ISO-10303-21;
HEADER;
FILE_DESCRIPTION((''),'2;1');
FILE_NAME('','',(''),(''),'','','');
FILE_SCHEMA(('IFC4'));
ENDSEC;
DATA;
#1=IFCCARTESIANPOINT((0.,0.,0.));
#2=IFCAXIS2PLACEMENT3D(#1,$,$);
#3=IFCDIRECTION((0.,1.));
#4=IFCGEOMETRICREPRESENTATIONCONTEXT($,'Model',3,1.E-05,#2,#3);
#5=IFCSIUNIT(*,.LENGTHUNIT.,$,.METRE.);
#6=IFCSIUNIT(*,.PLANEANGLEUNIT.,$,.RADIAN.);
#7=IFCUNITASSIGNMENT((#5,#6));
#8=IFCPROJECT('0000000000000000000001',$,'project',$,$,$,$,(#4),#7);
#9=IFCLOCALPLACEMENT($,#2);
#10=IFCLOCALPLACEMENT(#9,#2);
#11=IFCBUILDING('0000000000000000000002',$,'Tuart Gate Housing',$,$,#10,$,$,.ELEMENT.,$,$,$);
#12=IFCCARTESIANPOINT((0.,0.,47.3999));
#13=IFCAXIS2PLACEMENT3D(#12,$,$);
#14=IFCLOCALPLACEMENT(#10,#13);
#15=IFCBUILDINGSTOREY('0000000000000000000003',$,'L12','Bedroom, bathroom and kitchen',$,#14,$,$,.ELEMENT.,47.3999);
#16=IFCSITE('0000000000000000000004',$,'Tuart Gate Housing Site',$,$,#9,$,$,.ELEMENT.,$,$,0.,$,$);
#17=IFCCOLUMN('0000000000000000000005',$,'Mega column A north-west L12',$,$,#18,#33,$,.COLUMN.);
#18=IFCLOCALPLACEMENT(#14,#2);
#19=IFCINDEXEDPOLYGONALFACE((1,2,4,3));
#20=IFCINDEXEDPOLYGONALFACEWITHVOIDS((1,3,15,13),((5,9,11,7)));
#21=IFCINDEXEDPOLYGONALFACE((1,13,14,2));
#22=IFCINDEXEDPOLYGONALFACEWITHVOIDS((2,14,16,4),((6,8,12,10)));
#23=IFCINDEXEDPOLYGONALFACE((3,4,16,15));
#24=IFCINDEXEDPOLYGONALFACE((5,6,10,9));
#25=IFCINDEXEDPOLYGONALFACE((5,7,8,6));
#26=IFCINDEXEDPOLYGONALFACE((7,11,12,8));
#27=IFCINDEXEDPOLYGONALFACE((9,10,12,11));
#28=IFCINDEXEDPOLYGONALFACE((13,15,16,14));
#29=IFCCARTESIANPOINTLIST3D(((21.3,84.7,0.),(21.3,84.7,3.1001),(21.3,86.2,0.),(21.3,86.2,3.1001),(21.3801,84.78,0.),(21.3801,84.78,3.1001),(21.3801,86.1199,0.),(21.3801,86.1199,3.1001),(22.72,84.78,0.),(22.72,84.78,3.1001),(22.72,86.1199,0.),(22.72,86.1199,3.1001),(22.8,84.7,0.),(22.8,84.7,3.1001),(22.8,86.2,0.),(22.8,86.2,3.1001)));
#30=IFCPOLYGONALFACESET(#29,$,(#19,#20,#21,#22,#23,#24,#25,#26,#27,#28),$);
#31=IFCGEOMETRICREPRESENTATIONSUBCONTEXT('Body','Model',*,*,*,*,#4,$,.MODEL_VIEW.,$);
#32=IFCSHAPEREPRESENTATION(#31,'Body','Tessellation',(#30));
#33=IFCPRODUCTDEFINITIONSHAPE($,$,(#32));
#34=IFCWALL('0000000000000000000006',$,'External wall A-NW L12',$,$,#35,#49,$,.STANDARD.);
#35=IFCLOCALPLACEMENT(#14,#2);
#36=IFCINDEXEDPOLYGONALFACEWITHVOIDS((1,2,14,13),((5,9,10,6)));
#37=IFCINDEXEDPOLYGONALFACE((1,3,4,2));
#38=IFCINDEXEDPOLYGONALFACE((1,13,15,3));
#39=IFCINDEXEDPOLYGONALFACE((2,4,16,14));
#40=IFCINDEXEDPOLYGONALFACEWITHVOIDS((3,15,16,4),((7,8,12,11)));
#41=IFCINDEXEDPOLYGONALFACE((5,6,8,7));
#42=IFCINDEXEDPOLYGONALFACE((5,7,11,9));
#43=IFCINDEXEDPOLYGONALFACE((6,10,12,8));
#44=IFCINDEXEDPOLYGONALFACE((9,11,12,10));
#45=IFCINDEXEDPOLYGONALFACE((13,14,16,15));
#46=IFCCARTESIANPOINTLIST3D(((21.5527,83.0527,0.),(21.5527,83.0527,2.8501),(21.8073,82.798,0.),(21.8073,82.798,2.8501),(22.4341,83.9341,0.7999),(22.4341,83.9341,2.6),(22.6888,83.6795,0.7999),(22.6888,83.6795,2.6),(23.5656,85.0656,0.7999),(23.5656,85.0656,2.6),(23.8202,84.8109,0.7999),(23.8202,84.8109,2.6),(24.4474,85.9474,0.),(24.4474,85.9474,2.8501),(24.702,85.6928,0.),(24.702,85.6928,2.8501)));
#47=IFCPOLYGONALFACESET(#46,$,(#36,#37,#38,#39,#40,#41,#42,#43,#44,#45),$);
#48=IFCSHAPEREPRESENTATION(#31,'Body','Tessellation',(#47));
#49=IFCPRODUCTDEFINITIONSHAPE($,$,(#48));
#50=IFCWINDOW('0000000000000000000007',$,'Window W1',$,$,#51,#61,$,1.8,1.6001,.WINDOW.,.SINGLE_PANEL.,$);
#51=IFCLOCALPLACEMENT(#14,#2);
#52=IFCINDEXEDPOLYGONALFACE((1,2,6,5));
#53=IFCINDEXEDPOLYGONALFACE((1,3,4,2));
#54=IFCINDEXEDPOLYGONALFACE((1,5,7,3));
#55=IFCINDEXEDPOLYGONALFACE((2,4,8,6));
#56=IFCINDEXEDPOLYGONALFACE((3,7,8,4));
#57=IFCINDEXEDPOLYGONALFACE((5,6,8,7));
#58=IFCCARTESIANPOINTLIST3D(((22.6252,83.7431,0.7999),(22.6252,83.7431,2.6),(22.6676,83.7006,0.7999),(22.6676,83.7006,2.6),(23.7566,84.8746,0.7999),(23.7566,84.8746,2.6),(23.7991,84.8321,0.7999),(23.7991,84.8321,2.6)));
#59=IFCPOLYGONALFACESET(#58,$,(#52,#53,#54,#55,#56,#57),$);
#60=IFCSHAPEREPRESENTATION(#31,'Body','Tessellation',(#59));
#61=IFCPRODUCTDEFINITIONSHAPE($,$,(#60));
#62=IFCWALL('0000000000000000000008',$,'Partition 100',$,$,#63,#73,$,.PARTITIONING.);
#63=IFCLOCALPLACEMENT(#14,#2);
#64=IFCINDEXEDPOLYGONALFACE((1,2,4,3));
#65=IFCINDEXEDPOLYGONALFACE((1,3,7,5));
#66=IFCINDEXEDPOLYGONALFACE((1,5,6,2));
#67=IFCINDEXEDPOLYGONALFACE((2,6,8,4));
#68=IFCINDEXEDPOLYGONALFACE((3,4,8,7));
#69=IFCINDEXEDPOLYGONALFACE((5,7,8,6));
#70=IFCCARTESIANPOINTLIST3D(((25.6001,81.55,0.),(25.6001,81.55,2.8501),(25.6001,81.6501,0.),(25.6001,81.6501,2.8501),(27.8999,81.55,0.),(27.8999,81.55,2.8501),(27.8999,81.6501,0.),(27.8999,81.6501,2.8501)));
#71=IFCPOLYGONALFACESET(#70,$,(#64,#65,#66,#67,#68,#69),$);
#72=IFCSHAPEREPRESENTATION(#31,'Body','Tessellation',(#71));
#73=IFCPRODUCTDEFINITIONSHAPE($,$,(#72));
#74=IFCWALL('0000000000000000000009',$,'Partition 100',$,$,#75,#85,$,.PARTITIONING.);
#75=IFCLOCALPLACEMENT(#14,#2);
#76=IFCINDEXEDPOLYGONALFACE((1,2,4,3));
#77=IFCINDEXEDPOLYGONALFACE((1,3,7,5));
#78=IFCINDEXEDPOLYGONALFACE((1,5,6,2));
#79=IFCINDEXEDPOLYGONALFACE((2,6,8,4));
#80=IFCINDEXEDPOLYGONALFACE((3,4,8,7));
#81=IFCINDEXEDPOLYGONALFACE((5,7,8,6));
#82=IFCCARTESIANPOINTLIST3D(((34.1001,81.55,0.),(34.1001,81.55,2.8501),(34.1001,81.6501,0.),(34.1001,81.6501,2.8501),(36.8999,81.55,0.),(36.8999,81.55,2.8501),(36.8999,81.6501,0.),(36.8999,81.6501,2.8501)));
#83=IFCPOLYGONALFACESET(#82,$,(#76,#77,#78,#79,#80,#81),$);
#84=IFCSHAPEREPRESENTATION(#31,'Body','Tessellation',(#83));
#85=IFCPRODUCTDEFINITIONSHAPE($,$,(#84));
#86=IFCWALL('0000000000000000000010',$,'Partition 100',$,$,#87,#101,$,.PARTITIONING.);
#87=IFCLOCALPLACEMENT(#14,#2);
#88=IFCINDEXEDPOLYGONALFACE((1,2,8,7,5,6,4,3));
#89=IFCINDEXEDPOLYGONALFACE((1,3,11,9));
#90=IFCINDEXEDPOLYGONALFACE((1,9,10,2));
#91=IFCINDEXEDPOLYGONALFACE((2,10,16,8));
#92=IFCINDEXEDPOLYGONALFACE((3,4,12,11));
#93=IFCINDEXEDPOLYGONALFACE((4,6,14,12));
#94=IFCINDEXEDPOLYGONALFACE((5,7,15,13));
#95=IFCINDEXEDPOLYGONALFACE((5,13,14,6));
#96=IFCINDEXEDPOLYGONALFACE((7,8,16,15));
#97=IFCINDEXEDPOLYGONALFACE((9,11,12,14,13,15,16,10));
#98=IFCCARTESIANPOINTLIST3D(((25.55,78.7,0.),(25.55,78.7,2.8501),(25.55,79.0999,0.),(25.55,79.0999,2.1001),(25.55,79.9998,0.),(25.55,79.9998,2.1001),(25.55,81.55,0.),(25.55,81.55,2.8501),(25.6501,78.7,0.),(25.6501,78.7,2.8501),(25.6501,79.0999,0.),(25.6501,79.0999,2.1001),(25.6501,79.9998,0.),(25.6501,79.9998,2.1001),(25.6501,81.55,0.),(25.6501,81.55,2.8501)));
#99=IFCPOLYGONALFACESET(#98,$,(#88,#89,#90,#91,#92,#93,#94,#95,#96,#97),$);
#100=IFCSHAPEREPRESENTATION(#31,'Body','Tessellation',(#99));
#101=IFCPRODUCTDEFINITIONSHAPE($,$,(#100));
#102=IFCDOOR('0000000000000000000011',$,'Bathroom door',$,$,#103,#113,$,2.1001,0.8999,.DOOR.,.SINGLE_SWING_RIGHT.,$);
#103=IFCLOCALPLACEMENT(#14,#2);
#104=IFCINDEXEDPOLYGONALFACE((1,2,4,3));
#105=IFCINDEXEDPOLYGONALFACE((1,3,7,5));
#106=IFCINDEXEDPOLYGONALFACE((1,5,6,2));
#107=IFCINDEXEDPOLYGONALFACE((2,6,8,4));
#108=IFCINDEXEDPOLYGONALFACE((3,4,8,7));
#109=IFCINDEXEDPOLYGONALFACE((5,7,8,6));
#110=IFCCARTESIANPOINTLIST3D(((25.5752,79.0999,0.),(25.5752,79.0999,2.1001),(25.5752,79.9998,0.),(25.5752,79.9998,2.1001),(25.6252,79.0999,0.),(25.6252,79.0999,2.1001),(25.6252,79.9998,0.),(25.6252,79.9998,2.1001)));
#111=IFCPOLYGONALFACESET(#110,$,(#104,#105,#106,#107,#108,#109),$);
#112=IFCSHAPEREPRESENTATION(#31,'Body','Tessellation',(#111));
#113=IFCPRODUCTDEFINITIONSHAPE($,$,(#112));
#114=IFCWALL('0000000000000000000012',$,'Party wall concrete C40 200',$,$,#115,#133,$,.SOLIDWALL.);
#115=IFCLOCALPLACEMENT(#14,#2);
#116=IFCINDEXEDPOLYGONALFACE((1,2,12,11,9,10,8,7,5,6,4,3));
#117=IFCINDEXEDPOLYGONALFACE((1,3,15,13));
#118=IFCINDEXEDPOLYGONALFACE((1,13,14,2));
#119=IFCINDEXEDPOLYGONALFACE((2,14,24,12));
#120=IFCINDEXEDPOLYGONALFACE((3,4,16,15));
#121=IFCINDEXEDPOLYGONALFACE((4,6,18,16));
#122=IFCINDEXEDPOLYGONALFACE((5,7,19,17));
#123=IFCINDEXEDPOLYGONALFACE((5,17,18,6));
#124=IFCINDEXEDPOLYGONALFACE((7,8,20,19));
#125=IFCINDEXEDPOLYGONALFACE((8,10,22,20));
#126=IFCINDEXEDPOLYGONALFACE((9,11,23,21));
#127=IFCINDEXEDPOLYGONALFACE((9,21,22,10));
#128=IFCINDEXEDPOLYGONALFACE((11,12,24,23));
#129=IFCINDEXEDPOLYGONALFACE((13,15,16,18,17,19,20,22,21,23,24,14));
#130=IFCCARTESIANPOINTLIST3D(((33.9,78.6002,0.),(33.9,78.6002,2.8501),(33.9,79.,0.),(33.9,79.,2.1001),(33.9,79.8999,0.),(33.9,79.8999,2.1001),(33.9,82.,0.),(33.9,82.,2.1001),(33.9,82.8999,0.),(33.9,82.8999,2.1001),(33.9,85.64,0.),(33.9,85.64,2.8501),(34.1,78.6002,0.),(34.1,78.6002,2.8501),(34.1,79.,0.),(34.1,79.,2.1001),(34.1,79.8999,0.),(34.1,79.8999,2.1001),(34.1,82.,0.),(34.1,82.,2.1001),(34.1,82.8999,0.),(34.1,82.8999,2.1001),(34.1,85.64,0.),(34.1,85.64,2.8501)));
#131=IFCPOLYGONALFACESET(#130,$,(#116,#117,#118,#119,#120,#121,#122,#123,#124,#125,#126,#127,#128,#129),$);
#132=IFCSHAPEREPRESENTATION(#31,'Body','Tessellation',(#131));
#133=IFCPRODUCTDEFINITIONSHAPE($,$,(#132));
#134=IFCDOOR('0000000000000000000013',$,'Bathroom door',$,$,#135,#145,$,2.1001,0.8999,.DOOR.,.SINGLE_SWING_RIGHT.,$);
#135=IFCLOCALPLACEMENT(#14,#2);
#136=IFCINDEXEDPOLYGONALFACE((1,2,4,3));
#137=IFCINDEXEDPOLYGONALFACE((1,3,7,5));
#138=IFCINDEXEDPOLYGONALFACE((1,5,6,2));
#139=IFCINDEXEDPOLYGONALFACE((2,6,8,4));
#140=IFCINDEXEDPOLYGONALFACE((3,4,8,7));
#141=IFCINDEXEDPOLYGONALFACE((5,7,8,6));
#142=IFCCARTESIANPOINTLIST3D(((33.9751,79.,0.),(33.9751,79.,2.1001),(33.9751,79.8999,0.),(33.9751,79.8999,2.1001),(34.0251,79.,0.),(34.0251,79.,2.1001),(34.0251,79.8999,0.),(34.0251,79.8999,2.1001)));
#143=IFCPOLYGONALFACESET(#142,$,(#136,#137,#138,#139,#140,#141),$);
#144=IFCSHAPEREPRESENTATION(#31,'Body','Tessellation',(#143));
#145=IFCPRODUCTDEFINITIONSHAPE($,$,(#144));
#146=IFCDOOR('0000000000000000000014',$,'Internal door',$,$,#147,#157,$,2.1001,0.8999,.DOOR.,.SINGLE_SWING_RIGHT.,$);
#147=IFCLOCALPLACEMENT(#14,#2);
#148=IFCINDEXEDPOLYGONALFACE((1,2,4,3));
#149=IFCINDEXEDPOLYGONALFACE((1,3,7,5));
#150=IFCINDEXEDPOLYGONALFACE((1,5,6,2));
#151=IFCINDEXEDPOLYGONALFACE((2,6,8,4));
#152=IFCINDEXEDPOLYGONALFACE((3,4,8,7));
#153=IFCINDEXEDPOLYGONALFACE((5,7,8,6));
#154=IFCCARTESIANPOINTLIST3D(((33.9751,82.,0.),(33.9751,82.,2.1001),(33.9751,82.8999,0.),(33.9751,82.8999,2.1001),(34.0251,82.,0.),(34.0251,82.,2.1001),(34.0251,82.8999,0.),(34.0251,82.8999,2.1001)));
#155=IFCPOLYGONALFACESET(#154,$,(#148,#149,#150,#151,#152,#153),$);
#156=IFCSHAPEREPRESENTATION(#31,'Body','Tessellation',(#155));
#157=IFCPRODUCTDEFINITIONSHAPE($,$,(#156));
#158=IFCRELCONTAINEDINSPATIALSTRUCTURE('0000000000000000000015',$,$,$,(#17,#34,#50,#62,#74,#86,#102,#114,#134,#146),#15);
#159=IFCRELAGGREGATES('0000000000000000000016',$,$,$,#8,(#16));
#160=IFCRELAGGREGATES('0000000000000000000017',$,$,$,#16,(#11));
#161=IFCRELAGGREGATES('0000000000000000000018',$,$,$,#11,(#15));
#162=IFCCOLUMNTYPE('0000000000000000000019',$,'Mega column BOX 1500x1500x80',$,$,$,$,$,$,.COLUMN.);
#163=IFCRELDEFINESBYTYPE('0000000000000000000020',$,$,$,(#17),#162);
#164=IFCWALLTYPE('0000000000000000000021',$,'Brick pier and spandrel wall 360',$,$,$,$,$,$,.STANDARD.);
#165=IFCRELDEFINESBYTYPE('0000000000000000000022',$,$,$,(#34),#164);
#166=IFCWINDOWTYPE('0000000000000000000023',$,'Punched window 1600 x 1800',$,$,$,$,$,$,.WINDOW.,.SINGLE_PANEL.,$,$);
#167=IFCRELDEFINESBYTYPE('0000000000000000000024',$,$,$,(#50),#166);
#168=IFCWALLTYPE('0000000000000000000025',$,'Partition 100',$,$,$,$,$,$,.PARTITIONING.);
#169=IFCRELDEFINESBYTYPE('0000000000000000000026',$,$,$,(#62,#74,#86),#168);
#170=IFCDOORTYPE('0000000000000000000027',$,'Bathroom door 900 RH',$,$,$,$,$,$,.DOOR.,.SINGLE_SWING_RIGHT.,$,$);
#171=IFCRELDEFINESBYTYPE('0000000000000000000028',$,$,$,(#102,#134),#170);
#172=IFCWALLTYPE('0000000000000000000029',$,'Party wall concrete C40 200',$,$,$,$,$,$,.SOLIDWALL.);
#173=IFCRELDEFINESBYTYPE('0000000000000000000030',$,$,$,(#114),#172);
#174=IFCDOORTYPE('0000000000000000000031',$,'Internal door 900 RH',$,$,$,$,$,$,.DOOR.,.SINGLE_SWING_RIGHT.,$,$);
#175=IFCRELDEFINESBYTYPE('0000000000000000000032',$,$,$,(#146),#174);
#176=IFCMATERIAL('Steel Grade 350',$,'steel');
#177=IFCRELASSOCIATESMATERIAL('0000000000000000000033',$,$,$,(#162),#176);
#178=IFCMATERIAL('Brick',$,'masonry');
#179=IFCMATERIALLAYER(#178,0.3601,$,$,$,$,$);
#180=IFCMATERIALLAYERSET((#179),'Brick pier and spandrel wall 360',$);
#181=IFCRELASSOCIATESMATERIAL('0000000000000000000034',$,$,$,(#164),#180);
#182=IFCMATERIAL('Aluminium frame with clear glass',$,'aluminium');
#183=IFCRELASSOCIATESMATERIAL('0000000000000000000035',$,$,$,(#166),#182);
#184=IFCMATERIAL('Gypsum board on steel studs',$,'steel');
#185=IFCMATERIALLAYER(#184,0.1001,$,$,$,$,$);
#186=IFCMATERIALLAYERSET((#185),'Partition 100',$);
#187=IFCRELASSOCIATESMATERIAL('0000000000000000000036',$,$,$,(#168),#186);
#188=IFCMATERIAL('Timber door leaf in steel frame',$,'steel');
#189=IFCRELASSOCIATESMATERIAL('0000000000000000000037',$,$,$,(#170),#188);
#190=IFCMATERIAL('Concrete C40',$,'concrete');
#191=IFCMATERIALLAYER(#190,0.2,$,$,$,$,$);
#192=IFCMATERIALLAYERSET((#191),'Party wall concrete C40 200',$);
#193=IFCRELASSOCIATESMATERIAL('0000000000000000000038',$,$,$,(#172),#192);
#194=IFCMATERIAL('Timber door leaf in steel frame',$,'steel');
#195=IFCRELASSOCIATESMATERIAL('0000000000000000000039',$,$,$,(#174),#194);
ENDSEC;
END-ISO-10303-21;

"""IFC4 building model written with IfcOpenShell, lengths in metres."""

from ifc_helpers import new_model, si_unit, direction, frame, frame_2d, origin, origin_2d, place, context, subcontext, project, spatial, rectangle, hollow_rectangle, extrude, material, layer, layer_set, material_profile, profile_set, type_object, element, fill, save


model = new_model("IFC4")

# Units and contexts
model_context = context("Model", 3, precision=1e-05, world=origin(), true_north=direction((0.0, 1.0)))
body_context = subcontext(model_context, "Body", "Model", "MODEL_VIEW")
ifc_project = project(units=[si_unit("LENGTHUNIT", "METRE"), si_unit("PLANEANGLEUNIT", "RADIAN")], contexts=[model_context])

# Site, building, storey
site_placement = place(None, origin())
site = spatial("IfcSite", under=ifc_project, at=site_placement, Name="Tuart Gate Housing Site", CompositionType="ELEMENT", RefElevation=0.0)
building_placement = place(site_placement, origin())
building = spatial("IfcBuilding", under=site, at=building_placement, Name="Tuart Gate Housing", CompositionType="ELEMENT")
storey_placement = place(building_placement, frame((0.0, 0.0, 47.3999)))
storey = spatial("IfcBuildingStorey", under=building, at=storey_placement, Name="L12", Description="Bedroom, bathroom and kitchen", CompositionType="ELEMENT", Elevation=47.3999)

# Column
ifc_material_1 = material(Name="Steel Grade 350", Category="steel")
ifc_material_profile = material_profile(ifc_material_1, hollow_rectangle(XDim=1.5, YDim=1.5, WallThickness=0.0801, at=origin_2d()), Name="BOX 1500x1500x80")
ifc_profile_set = profile_set([ifc_material_profile], Name="Steel Grade 350")
column_type = type_object("IfcColumnType", Name="Mega column BOX 1500x1500x80", PredefinedType="COLUMN", material=ifc_profile_set)
column_placement = place(storey_placement, frame((22.05, 85.45, 0.0), z_axis=(0.0, 0.0, 1.0), x_axis=(1.0, 0.0, 0.0)))
element("IfcColumn", 1, at=column_placement, inside=storey, type_object=column_type, Name="Mega column A north-west L12", PredefinedType="COLUMN", context=body_context, shape_type="SweptSolid", body=[
    extrude(hollow_rectangle(XDim=1.5, YDim=1.5, WallThickness=0.0801, at=origin_2d()), origin(), (0.0, 0.0, 1.0), 3.1001),
])

# Wall, opening, window
ifc_material_2 = material(Name="Brick", Category="masonry")
ifc_layer_1 = layer(ifc_material_2, 0.3601)
ifc_layer_set_1 = layer_set([ifc_layer_1], Name="Brick pier and spandrel wall 360")
wall_type_1 = type_object("IfcWallType", Name="Brick pier and spandrel wall 360", PredefinedType="STANDARD", material=ifc_layer_set_1)
wall_1_placement = place(storey_placement, frame((24.5747, 85.8201, 0.0), z_axis=(0.0, 0.0, 1.0), x_axis=(-0.707107, -0.707107, 0.0)))
wall_1 = element("IfcWall", 2, at=wall_1_placement, inside=storey, type_object=wall_type_1, Name="External wall A-NW L12", PredefinedType="STANDARD", context=body_context, shape_type="SweptSolid", body=[
    extrude(rectangle(XDim=4.0938, YDim=0.3601, at=frame_2d((2.0469, 0.0))), origin(), (0.0, 0.0, 1.0), 2.8501),
])
opening_1_placement = place(wall_1_placement, frame((1.2471, 0.0, 0.8)))
opening_1 = element("IfcOpeningElement", 3, at=opening_1_placement, cuts=wall_1, PredefinedType="OPENING", context=body_context, shape_type="SweptSolid", body=[
    extrude(rectangle(XDim=1.6001, YDim=1.8, at=frame_2d((0.8, 0.8999))), frame((0.0, 0.1899, 0.0), z_axis=(0.0, -1.0, 0.0), x_axis=(1.0, 0.0, 0.0)), (0.0, 0.0, 1.0), 0.3801),
])
ifc_material_3 = material(Name="Aluminium frame with clear glass", Category="aluminium")
window_type_1 = type_object("IfcWindowType", Name="Punched window 1600 x 1800", PartitioningType="SINGLE_PANEL", PredefinedType="WINDOW", material=ifc_material_3)
window_1_placement = place(opening_1_placement, origin())
window_1 = element("IfcWindow", 4, at=window_1_placement, inside=storey, type_object=window_type_1, Name="Window W1", OverallHeight=1.8, OverallWidth=1.6001, PartitioningType="SINGLE_PANEL", PredefinedType="WINDOW", context=body_context, shape_type="SweptSolid", body=[
    extrude(rectangle(XDim=1.6001, YDim=1.8, at=frame_2d((0.8, 0.8999))), frame((0.0, 0.1501, 0.0), z_axis=(0.0, -1.0, 0.0), x_axis=(1.0, 0.0, 0.0)), (0.0, 0.0, 1.0), 0.0601),
])
fill(opening_1, window_1)

# Walls
ifc_material_4 = material(Name="Gypsum board on steel studs", Category="steel")
ifc_layer_2 = layer(ifc_material_4, 0.1001)
ifc_layer_set_2 = layer_set([ifc_layer_2], Name="Partition 100")
wall_type_2 = type_object("IfcWallType", Name="Partition 100", PredefinedType="PARTITIONING", material=ifc_layer_set_2)
wall_2_placement = place(storey_placement, frame((25.6001, 81.6001, 0.0), z_axis=(0.0, 0.0, 1.0), x_axis=(1.0, 0.0, 0.0)))
element("IfcWall", 5, at=wall_2_placement, inside=storey, type_object=wall_type_2, Name="Partition 100", PredefinedType="PARTITIONING", context=body_context, shape_type="SweptSolid", body=[
    extrude(rectangle(XDim=2.2998, YDim=0.1001, at=frame_2d((1.1499, 0.0))), origin(), (0.0, 0.0, 1.0), 2.8501),
])
wall_3_placement = place(storey_placement, frame((34.1001, 81.6001, 0.0), z_axis=(0.0, 0.0, 1.0), x_axis=(1.0, 0.0, 0.0)))
element("IfcWall", 6, at=wall_3_placement, inside=storey, type_object=wall_type_2, Name="Partition 100", PredefinedType="PARTITIONING", context=body_context, shape_type="SweptSolid", body=[
    extrude(rectangle(XDim=2.7998, YDim=0.1001, at=frame_2d((1.3999, 0.0))), origin(), (0.0, 0.0, 1.0), 2.8501),
])

# Wall, opening, door
wall_4_placement = place(storey_placement, frame((25.6001, 78.7, 0.0), z_axis=(0.0, 0.0, 1.0), x_axis=(0.0, 1.0, 0.0)))
wall_4 = element("IfcWall", 7, at=wall_4_placement, inside=storey, type_object=wall_type_2, Name="Partition 100", PredefinedType="PARTITIONING", context=body_context, shape_type="SweptSolid", body=[
    extrude(rectangle(XDim=2.8501, YDim=0.1001, at=frame_2d((1.425, 0.0))), origin(), (0.0, 0.0, 1.0), 2.8501),
])
opening_2_placement = place(wall_4_placement, frame((0.3999, 0.0, 0.0)))
opening_2 = element("IfcOpeningElement", 8, at=opening_2_placement, cuts=wall_4, PredefinedType="OPENING", context=body_context, shape_type="SweptSolid", body=[
    extrude(rectangle(XDim=0.8999, YDim=2.1001, at=frame_2d((0.45, 1.05))), frame((0.0, 0.0601, 0.0), z_axis=(0.0, -1.0, 0.0), x_axis=(1.0, 0.0, 0.0)), (0.0, 0.0, 1.0), 0.1201),
])
ifc_material_5 = material(Name="Timber door leaf in steel frame", Category="steel")
door_type_1 = type_object("IfcDoorType", Name="Bathroom door 900 RH", OperationType="SINGLE_SWING_RIGHT", PredefinedType="DOOR", material=ifc_material_5)
door_1_placement = place(opening_2_placement, frame((0.8999, 0.0, 0.0), z_axis=(0.0, 0.0, 1.0), x_axis=(-1.0, 0.0, 0.0)))
door_1 = element("IfcDoor", 9, at=door_1_placement, inside=storey, type_object=door_type_1, Name="Bathroom door", OperationType="SINGLE_SWING_RIGHT", OverallHeight=2.1001, OverallWidth=0.8999, PredefinedType="DOOR", context=body_context, shape_type="SweptSolid", body=[
    extrude(rectangle(XDim=0.8999, YDim=2.1001, at=frame_2d((0.45, 1.05))), frame((0.0, 0.0251, 0.0), z_axis=(0.0, -1.0, 0.0), x_axis=(1.0, 0.0, 0.0)), (0.0, 0.0, 1.0), 0.05),
])
fill(opening_2, door_1)

# Wall, openings, doors
ifc_material_6 = material(Name="Concrete C40", Category="concrete")
ifc_layer_3 = layer(ifc_material_6, 0.2)
ifc_layer_set_3 = layer_set([ifc_layer_3], Name="Party wall concrete C40 200")
wall_type_3 = type_object("IfcWallType", Name="Party wall concrete C40 200", PredefinedType="SOLIDWALL", material=ifc_layer_set_3)
wall_5_placement = place(storey_placement, frame((34.0, 78.6001, 0.0), z_axis=(0.0, 0.0, 1.0), x_axis=(0.0, 1.0, 0.0)))
wall_5 = element("IfcWall", 10, at=wall_5_placement, inside=storey, type_object=wall_type_3, Name="Party wall concrete C40 200", PredefinedType="SOLIDWALL", context=body_context, shape_type="SweptSolid", body=[
    extrude(rectangle(XDim=7.0398, YDim=0.2, at=frame_2d((3.52, 0.0))), origin(), (0.0, 0.0, 1.0), 2.8501),
])
opening_3_placement = place(wall_5_placement, frame((3.3999, 0.0, 0.0)))
opening_3 = element("IfcOpeningElement", 11, at=opening_3_placement, cuts=wall_5, PredefinedType="OPENING", context=body_context, shape_type="SweptSolid", body=[
    extrude(rectangle(XDim=0.8999, YDim=2.1001, at=frame_2d((0.45, 1.05))), frame((0.0, 0.1099, 0.0), z_axis=(0.0, -1.0, 0.0), x_axis=(1.0, 0.0, 0.0)), (0.0, 0.0, 1.0), 0.22),
])
opening_4_placement = place(wall_5_placement, frame((0.3999, 0.0, 0.0)))
opening_4 = element("IfcOpeningElement", 12, at=opening_4_placement, cuts=wall_5, PredefinedType="OPENING", context=body_context, shape_type="SweptSolid", body=[
    extrude(rectangle(XDim=0.8999, YDim=2.1001, at=frame_2d((0.45, 1.05))), frame((0.0, 0.1099, 0.0), z_axis=(0.0, -1.0, 0.0), x_axis=(1.0, 0.0, 0.0)), (0.0, 0.0, 1.0), 0.22),
])
door_2_placement = place(opening_4_placement, frame((0.8999, 0.0, 0.0), z_axis=(0.0, 0.0, 1.0), x_axis=(-1.0, 0.0, 0.0)))
door_2 = element("IfcDoor", 13, at=door_2_placement, inside=storey, type_object=door_type_1, Name="Bathroom door", OperationType="SINGLE_SWING_RIGHT", OverallHeight=2.1001, OverallWidth=0.8999, PredefinedType="DOOR", context=body_context, shape_type="SweptSolid", body=[
    extrude(rectangle(XDim=0.8999, YDim=2.1001, at=frame_2d((0.45, 1.05))), frame((0.0, 0.0251, 0.0), z_axis=(0.0, -1.0, 0.0), x_axis=(1.0, 0.0, 0.0)), (0.0, 0.0, 1.0), 0.05),
])
fill(opening_4, door_2)
ifc_material_7 = material(Name="Timber door leaf in steel frame", Category="steel")
door_type_2 = type_object("IfcDoorType", Name="Internal door 900 RH", OperationType="SINGLE_SWING_RIGHT", PredefinedType="DOOR", material=ifc_material_7)
door_3_placement = place(opening_3_placement, frame((0.8999, 0.0, 0.0), z_axis=(0.0, 0.0, 1.0), x_axis=(-1.0, 0.0, 0.0)))
door_3 = element("IfcDoor", 14, at=door_3_placement, inside=storey, type_object=door_type_2, Name="Internal door", OperationType="SINGLE_SWING_RIGHT", OverallHeight=2.1001, OverallWidth=0.8999, PredefinedType="DOOR", context=body_context, shape_type="SweptSolid", body=[
    extrude(rectangle(XDim=0.8999, YDim=2.1001, at=frame_2d((0.45, 1.05))), frame((0.0, 0.0251, 0.0), z_axis=(0.0, -1.0, 0.0), x_axis=(1.0, 0.0, 0.0)), (0.0, 0.0, 1.0), 0.05),
])
fill(opening_3, door_3)

save(model, "model.ifc")
